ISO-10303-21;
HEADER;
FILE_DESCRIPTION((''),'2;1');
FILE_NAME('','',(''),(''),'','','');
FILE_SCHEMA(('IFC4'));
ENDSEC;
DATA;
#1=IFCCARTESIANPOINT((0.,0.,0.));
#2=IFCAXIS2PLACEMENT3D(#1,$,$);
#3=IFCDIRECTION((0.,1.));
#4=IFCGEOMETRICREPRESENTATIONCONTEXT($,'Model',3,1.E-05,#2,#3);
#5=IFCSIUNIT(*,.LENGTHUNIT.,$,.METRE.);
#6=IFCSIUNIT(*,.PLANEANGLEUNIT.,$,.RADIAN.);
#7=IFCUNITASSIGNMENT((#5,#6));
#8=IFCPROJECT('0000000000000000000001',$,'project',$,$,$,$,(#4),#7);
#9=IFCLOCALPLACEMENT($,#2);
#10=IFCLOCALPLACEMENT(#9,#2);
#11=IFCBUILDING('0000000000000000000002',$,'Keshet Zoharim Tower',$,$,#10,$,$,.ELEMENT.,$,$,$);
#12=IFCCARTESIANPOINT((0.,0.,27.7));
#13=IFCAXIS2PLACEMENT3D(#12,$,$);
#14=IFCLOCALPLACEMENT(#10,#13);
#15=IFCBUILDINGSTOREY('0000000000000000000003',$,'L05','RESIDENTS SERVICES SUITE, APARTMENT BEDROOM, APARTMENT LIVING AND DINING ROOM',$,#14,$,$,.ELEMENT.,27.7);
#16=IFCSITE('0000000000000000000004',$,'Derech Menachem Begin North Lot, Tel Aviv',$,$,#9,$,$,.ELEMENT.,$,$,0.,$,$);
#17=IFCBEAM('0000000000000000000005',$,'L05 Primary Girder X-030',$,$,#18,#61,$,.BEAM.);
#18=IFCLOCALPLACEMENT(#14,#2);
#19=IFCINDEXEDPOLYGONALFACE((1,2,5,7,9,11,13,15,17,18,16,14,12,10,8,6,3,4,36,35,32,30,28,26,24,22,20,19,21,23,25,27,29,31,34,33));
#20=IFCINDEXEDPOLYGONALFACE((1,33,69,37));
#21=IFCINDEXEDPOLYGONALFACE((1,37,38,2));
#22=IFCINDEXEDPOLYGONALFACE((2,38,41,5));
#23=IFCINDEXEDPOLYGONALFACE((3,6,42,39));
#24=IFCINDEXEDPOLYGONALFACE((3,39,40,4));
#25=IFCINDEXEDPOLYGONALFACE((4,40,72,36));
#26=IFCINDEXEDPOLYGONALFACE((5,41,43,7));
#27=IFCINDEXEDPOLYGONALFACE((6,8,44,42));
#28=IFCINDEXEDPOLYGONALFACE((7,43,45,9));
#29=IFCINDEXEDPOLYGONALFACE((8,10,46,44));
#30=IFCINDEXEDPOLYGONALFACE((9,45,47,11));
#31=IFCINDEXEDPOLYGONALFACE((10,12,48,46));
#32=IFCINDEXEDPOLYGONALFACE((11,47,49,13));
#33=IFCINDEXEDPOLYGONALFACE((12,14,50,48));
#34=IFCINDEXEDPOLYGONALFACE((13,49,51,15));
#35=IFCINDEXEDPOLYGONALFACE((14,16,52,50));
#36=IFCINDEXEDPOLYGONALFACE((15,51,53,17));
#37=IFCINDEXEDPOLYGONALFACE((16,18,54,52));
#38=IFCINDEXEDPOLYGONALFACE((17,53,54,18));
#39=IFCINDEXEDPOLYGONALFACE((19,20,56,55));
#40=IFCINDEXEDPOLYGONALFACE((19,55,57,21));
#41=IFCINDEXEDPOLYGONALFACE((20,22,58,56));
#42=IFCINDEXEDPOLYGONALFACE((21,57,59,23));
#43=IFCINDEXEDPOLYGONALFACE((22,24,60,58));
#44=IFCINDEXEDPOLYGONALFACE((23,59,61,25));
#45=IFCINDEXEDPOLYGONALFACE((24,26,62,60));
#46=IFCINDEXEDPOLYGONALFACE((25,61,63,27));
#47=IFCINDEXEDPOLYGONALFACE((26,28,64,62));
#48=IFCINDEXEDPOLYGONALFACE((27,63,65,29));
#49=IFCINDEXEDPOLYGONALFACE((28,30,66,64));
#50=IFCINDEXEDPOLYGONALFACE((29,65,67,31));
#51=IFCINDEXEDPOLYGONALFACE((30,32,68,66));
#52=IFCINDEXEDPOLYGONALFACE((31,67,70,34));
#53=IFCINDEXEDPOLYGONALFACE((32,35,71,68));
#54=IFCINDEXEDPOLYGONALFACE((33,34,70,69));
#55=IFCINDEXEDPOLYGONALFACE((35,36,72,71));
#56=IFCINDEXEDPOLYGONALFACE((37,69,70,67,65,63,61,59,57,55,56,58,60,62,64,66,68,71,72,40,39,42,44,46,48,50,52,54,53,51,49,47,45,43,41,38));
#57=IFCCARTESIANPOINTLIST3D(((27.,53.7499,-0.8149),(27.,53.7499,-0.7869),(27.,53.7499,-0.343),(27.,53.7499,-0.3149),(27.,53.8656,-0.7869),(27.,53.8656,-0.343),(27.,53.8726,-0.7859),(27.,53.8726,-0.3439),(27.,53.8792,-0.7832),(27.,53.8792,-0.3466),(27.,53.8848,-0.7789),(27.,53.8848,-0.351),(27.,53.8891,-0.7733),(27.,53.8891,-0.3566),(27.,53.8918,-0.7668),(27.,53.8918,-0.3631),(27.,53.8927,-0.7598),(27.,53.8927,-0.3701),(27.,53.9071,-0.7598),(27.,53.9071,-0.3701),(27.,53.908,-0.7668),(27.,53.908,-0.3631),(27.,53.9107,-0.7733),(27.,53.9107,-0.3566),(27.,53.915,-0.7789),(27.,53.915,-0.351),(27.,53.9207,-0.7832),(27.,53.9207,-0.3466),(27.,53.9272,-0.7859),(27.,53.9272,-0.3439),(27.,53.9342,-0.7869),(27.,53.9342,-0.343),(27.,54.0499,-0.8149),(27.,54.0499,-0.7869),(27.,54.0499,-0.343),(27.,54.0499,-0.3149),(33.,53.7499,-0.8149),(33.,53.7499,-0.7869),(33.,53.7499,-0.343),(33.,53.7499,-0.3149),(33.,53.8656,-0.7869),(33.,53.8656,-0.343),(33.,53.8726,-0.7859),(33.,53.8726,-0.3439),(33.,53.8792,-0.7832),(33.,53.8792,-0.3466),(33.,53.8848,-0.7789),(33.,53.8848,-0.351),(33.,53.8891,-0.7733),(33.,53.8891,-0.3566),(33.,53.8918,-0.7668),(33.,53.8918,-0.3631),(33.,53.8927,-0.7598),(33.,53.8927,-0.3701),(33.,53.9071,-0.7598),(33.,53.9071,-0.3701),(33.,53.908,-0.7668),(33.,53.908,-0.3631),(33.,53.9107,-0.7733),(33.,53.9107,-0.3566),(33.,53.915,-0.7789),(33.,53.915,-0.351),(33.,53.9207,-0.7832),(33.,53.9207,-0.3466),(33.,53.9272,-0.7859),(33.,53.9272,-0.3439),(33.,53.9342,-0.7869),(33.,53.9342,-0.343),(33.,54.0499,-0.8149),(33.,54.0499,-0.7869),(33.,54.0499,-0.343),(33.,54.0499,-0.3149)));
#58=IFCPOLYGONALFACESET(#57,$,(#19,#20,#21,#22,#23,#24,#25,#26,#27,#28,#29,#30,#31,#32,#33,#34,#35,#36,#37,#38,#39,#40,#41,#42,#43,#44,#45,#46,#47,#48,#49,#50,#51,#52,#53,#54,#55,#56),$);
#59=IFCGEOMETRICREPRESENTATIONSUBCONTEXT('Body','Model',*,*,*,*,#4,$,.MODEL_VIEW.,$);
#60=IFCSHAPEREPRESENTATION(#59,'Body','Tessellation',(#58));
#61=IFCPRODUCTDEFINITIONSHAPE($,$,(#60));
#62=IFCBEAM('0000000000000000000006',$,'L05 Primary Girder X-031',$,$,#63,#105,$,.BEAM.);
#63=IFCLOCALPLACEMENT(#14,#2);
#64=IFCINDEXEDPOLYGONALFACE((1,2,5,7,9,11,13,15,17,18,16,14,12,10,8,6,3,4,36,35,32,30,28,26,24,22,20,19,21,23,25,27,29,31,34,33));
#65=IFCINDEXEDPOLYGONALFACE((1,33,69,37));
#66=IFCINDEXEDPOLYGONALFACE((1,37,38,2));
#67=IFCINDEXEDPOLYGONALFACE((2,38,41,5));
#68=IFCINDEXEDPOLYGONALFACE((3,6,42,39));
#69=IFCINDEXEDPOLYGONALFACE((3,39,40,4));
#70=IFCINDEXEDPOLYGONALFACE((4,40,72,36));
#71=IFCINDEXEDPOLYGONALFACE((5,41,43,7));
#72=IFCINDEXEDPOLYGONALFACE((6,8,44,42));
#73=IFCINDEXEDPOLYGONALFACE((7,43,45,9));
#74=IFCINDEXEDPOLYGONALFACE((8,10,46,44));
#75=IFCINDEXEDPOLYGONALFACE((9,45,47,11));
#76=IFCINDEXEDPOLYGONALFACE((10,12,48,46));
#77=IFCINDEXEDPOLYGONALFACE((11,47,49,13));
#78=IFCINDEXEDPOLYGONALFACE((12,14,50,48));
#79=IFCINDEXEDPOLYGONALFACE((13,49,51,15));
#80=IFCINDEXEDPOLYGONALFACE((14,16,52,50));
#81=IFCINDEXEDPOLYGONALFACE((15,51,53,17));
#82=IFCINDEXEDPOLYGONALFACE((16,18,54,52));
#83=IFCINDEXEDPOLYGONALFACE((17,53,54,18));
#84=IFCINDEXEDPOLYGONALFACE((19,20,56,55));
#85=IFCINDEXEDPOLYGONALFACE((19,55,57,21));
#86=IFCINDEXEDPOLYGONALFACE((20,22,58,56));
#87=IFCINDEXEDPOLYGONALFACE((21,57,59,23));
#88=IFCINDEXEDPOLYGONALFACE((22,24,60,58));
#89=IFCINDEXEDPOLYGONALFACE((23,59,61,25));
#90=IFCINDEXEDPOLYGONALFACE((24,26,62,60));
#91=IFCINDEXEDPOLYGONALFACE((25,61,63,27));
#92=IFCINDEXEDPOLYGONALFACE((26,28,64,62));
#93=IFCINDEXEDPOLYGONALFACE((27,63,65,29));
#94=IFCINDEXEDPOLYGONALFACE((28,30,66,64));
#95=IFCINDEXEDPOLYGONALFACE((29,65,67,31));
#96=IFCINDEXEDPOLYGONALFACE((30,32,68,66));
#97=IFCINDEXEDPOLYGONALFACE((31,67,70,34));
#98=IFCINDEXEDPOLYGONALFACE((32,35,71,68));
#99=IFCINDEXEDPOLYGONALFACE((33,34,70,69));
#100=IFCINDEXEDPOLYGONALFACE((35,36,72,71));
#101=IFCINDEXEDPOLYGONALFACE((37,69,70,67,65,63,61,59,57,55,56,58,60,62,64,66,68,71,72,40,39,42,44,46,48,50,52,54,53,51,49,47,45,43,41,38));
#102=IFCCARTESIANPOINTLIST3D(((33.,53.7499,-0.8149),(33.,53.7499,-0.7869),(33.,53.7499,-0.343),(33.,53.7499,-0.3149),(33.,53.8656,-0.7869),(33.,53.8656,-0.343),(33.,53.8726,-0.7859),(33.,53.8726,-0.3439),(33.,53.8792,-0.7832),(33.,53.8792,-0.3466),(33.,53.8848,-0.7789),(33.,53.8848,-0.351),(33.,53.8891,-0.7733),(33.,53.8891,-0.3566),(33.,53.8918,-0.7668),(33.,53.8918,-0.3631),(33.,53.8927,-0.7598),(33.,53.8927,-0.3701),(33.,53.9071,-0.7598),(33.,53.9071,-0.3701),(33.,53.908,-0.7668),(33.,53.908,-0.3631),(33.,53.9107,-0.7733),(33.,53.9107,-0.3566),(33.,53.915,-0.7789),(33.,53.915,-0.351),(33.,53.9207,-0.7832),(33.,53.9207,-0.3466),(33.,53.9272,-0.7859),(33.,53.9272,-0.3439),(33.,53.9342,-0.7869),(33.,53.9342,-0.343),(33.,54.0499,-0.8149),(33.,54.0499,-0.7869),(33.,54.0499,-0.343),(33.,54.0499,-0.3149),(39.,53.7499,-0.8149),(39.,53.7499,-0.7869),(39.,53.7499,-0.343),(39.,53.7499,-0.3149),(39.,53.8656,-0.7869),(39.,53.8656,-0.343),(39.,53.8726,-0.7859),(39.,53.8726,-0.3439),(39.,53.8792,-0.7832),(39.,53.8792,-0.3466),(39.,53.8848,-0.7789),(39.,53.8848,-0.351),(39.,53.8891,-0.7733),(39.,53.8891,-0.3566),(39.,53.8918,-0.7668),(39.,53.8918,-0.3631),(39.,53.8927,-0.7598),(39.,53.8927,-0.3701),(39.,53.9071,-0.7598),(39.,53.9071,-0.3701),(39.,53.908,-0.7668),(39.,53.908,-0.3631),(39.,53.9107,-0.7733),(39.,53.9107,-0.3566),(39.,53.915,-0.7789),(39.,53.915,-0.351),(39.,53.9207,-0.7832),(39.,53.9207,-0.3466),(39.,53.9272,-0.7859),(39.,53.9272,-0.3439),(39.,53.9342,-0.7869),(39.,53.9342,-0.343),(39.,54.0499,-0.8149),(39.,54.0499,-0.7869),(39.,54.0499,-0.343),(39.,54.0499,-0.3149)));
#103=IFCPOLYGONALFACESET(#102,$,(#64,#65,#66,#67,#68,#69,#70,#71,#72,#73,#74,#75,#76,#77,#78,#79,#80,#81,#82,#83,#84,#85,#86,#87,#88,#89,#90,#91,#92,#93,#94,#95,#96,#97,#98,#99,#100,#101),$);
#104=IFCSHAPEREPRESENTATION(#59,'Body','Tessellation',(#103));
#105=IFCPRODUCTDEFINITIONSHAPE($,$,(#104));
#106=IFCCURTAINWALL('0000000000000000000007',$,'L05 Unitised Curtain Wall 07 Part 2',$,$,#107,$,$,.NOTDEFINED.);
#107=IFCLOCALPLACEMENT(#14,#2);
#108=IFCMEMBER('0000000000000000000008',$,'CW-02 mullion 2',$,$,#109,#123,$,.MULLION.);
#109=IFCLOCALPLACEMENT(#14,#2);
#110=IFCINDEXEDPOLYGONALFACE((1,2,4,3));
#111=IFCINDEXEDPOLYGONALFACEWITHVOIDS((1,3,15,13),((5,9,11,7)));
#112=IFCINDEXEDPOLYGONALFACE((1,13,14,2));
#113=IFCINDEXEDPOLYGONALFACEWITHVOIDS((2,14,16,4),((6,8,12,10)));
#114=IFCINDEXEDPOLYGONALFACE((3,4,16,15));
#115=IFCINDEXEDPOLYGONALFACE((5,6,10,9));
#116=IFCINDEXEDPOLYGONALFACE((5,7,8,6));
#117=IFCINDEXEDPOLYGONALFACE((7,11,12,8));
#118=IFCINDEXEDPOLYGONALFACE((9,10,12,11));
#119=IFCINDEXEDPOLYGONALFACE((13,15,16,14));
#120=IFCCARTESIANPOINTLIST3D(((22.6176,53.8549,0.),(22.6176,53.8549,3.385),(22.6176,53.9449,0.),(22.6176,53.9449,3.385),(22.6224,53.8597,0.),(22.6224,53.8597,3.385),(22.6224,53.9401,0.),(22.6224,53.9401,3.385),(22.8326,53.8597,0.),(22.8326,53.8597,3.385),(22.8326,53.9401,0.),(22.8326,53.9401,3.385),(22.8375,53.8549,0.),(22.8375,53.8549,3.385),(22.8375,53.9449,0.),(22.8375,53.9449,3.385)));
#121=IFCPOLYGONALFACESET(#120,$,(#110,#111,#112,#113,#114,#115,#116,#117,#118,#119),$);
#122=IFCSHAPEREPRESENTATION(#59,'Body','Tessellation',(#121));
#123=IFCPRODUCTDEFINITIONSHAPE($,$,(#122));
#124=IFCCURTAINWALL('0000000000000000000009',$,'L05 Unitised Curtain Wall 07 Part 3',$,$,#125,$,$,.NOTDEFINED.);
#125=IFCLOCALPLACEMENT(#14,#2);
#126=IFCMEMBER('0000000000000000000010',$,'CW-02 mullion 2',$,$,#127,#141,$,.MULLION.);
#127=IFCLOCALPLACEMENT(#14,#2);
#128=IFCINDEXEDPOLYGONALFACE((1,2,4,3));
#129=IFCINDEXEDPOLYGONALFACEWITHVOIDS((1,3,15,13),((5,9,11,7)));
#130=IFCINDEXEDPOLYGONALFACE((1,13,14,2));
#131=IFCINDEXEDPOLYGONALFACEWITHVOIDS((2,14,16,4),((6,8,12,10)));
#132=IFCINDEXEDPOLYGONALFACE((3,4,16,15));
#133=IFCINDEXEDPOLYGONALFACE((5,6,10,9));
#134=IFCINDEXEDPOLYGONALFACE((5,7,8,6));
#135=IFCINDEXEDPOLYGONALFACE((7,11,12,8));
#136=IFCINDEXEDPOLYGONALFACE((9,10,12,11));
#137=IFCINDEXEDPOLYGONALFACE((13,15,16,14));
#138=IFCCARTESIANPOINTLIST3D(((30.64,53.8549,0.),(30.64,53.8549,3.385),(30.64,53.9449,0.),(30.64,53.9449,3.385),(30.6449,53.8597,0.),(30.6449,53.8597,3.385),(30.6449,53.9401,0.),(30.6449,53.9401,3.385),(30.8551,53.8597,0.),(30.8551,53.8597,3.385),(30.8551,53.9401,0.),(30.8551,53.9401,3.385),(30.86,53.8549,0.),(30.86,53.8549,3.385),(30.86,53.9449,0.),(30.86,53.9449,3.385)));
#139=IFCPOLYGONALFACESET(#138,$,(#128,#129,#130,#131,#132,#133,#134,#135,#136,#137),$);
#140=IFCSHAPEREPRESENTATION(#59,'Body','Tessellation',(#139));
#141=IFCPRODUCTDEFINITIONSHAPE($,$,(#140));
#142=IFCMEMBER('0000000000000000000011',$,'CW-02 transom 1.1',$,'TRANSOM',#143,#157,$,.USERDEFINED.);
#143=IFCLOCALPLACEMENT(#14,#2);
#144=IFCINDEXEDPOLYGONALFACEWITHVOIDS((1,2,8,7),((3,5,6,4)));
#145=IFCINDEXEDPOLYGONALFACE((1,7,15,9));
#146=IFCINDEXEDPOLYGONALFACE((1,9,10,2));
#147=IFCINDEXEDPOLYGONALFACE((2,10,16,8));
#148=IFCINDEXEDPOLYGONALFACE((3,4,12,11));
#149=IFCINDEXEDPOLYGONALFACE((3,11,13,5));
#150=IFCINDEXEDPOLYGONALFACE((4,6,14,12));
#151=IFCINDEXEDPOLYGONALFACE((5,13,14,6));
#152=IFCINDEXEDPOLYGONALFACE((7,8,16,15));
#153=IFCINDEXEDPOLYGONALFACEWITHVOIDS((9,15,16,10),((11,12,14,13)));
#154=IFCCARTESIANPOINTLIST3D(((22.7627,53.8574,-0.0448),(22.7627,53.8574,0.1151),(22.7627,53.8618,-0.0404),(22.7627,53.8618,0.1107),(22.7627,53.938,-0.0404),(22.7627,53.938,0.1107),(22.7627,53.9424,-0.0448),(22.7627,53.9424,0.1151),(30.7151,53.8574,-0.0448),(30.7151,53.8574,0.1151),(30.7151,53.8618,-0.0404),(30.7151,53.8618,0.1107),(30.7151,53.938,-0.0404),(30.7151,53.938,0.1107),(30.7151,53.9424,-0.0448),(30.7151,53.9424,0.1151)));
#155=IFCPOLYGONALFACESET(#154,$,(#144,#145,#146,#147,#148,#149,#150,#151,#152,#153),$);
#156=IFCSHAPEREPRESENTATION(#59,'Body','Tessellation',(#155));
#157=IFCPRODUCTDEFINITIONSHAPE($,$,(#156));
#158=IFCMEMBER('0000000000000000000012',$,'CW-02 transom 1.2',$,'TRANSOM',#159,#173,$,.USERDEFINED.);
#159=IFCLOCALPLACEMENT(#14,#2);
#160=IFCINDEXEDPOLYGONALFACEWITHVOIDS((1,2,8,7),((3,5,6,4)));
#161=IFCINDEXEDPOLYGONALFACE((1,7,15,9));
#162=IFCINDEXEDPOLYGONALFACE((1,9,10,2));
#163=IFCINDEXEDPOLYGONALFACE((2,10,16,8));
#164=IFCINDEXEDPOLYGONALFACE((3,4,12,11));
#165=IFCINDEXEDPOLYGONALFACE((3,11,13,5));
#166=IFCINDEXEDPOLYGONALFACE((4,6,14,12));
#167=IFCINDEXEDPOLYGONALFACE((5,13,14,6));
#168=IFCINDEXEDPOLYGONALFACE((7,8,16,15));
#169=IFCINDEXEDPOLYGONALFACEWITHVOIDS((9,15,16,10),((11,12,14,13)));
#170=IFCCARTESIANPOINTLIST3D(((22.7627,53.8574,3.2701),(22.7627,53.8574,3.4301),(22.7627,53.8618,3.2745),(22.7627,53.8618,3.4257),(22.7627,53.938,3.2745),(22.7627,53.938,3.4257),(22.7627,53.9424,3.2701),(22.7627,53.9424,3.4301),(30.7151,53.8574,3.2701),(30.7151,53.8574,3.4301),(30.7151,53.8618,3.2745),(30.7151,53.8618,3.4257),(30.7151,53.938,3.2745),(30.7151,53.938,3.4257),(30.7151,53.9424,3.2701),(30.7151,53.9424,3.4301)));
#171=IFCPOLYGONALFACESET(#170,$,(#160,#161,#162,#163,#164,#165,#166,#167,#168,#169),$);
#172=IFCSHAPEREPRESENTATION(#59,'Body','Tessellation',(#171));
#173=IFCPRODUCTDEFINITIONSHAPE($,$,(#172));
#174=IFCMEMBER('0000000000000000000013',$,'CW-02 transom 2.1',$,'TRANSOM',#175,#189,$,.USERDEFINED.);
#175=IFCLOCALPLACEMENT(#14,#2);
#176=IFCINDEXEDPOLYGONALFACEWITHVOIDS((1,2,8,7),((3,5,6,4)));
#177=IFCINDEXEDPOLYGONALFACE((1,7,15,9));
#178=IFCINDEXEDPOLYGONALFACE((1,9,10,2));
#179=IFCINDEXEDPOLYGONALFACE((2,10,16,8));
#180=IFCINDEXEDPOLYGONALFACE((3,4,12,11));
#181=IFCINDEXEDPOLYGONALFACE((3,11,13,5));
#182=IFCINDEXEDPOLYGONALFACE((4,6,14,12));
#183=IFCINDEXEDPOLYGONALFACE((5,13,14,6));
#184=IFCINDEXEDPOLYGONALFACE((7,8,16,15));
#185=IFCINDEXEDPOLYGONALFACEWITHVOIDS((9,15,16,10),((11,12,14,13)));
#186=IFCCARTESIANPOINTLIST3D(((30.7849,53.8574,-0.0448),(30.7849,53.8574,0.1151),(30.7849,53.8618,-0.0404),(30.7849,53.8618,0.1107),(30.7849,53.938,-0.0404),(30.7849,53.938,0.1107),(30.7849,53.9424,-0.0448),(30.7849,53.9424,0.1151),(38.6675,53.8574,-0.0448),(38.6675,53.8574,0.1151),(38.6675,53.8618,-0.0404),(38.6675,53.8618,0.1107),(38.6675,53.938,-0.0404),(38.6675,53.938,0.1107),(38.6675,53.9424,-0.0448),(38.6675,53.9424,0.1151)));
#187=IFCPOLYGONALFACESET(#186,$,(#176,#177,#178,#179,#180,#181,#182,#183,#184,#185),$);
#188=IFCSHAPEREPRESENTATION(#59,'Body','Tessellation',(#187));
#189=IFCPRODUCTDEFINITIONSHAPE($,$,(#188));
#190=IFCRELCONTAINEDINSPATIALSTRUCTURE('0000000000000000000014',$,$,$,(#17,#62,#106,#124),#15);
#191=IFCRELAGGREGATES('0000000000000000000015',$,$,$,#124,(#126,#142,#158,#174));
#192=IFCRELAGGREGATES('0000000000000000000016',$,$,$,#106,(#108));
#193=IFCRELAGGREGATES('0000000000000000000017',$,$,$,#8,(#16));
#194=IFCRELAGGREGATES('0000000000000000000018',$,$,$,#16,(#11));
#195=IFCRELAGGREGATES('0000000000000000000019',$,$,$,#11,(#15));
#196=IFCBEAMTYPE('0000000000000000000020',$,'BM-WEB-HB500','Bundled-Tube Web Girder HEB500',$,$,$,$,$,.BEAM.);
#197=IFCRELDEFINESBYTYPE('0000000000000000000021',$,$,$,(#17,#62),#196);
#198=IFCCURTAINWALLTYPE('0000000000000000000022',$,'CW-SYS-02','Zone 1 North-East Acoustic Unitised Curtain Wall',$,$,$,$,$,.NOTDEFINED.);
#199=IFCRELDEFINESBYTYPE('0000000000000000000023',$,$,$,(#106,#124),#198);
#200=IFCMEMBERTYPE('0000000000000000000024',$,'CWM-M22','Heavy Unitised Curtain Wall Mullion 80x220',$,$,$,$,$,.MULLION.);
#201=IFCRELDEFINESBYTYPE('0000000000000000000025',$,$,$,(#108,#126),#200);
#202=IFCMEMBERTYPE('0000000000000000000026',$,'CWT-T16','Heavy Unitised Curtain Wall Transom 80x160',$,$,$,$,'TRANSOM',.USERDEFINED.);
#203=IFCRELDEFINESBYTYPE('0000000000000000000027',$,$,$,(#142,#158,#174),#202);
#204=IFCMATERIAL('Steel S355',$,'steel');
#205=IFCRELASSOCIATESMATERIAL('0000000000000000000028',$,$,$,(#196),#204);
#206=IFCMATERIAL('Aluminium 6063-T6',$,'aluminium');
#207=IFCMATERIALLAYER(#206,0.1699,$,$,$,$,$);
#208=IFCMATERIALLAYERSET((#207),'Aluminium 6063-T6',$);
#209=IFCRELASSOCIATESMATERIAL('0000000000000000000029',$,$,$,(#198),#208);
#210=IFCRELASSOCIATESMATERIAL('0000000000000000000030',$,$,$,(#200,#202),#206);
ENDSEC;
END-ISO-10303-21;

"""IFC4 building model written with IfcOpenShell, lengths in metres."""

from ifc_helpers import new_model, si_unit, direction, frame, origin, origin_2d, place, context, subcontext, project, spatial, hollow_rectangle, i_section, extrude, material, layer, layer_set, material_profile, profile_set, type_object, element, aggregate, save


model = new_model("IFC4")

# Units and contexts
model_context = context("Model", 3, precision=1e-05, world=origin(), true_north=direction((0.0, 1.0)))
body_context = subcontext(model_context, "Body", "Model", "MODEL_VIEW")
ifc_project = project(units=[si_unit("LENGTHUNIT", "METRE"), si_unit("PLANEANGLEUNIT", "RADIAN")], contexts=[model_context])

# Site, building, storey
site_placement = place(None, origin())
site = spatial("IfcSite", under=ifc_project, at=site_placement, Name="Derech Menachem Begin North Lot, Tel Aviv", CompositionType="ELEMENT", RefElevation=0.0)
building_placement = place(site_placement, origin())
building = spatial("IfcBuilding", under=site, at=building_placement, Name="Keshet Zoharim Tower", CompositionType="ELEMENT")
storey_placement = place(building_placement, frame((0.0, 0.0, 27.7)))
storey = spatial("IfcBuildingStorey", under=building, at=storey_placement, Name="L05", Description="RESIDENTS SERVICES SUITE, APARTMENT BEDROOM, APARTMENT LIVING AND DINING ROOM", CompositionType="ELEMENT", Elevation=27.7)

# Shared definitions
ifc_material_1 = material(Name="Steel S355", Category="steel")

# Beams
ifc_material_profile_1 = material_profile(ifc_material_1, i_section(OverallWidth=0.3, OverallDepth=0.5, WebThickness=0.0144, FlangeThickness=0.0281, FilletRadius=0.0271, at=origin_2d()), Name="HEB500")
ifc_profile_set_1 = profile_set([ifc_material_profile_1], Name="Steel S355")
beam_type = type_object("IfcBeamType", Name="BM-WEB-HB500", Description="Bundled-Tube Web Girder HEB500", PredefinedType="BEAM", material=ifc_profile_set_1)
for number, where, z_axis, x_axis, name in (
    (1, (27.0, 53.8999, -0.5649), (1.0, 0.0, 0.0), (0.0, 1.0, 0.0), "L05 Primary Girder X-030"),
    (2, (33.0, 53.8999, -0.5649), (1.0, 0.0, 0.0), (0.0, 1.0, 0.0), "L05 Primary Girder X-031"),
):
    element("IfcBeam", number, at=place(storey_placement, frame(where, z_axis=z_axis, x_axis=x_axis)), inside=storey, type_object=beam_type, Name=name, PredefinedType="BEAM", context=body_context, shape_type="SweptSolid", body=[
        extrude(i_section(OverallWidth=0.3, OverallDepth=0.5, WebThickness=0.0144, FlangeThickness=0.0281, FilletRadius=0.0271, at=origin_2d()), origin(), (0.0, 0.0, 1.0), 6.0),
    ])

# Curtain wall, member
ifc_material_2 = material(Name="Aluminium 6063-T6", Category="aluminium")
ifc_layer_1 = layer(ifc_material_2, 0.1699)
ifc_layer_set_1 = layer_set([ifc_layer_1], Name="Aluminium 6063-T6")
curtain_wall_type = type_object("IfcCurtainWallType", Name="CW-SYS-02", Description="Zone 1 North-East Acoustic Unitised Curtain Wall", PredefinedType="NOTDEFINED", material=ifc_layer_set_1)
curtain_wall_1_placement = place(storey_placement, origin())
curtain_wall_1 = element("IfcCurtainWall", 3, at=curtain_wall_1_placement, inside=storey, type_object=curtain_wall_type, Name="L05 Unitised Curtain Wall 07 Part 2", PredefinedType="NOTDEFINED")
ifc_material_profile_2 = material_profile(ifc_material_2, hollow_rectangle(XDim=0.0901, YDim=0.22, WallThickness=0.0049, at=origin_2d()), Name="MUL-90x220")
ifc_profile_set_2 = profile_set([ifc_material_profile_2], Name="Aluminium 6063-T6")
member_type_1 = type_object("IfcMemberType", Name="CWM-M22", Description="Heavy Unitised Curtain Wall Mullion 80x220", PredefinedType="MULLION", material=ifc_profile_set_2)
member_1_placement = place(storey_placement, frame((22.7275, 53.8999, 0.0), z_axis=(0.0, 0.0, 1.0), x_axis=(0.0, 1.0, 0.0)))
member_1 = element("IfcMember", 4, at=member_1_placement, type_object=member_type_1, Name="CW-02 mullion 2", PredefinedType="MULLION", context=body_context, shape_type="SweptSolid", body=[
    extrude(hollow_rectangle(XDim=0.0901, YDim=0.22, WallThickness=0.0049, at=origin_2d()), origin(), (0.0, 0.0, 1.0), 3.385),
])

# Curtain wall, members
curtain_wall_2_placement = place(storey_placement, origin())
curtain_wall_2 = element("IfcCurtainWall", 5, at=curtain_wall_2_placement, inside=storey, type_object=curtain_wall_type, Name="L05 Unitised Curtain Wall 07 Part 3", PredefinedType="NOTDEFINED")
member_2_placement = place(storey_placement, frame((30.75, 53.8999, 0.0), z_axis=(0.0, 0.0, 1.0), x_axis=(0.0, 1.0, 0.0)))
member_2 = element("IfcMember", 6, at=member_2_placement, type_object=member_type_1, Name="CW-02 mullion 2", PredefinedType="MULLION", context=body_context, shape_type="SweptSolid", body=[
    extrude(hollow_rectangle(XDim=0.0901, YDim=0.22, WallThickness=0.0049, at=origin_2d()), origin(), (0.0, 0.0, 1.0), 3.385),
])
ifc_material_profile_3 = material_profile(ifc_material_2, hollow_rectangle(XDim=0.085, YDim=0.1599, WallThickness=0.0044, at=origin_2d()), Name="TRN-85x160")
ifc_profile_set_3 = profile_set([ifc_material_profile_3], Name="Aluminium 6063-T6")
member_type_2 = type_object("IfcMemberType", Name="CWT-T16", Description="Heavy Unitised Curtain Wall Transom 80x160", ElementType="TRANSOM", PredefinedType="USERDEFINED", material=ifc_profile_set_3)
member_3_placement = place(storey_placement, frame((22.7627, 53.8999, 0.0352), z_axis=(1.0, 0.0, 0.0), x_axis=(0.0, 1.0, 0.0)))
member_3 = element("IfcMember", 7, at=member_3_placement, type_object=member_type_2, Name="CW-02 transom 1.1", ObjectType="TRANSOM", PredefinedType="USERDEFINED", context=body_context, shape_type="SweptSolid", body=[
    extrude(hollow_rectangle(XDim=0.085, YDim=0.1599, WallThickness=0.0044, at=origin_2d()), origin(), (0.0, 0.0, 1.0), 7.9524),
])
member_4_placement = place(storey_placement, frame((22.7627, 53.8999, 3.3501), z_axis=(1.0, 0.0, 0.0), x_axis=(0.0, 1.0, 0.0)))
member_4 = element("IfcMember", 8, at=member_4_placement, type_object=member_type_2, Name="CW-02 transom 1.2", ObjectType="TRANSOM", PredefinedType="USERDEFINED", context=body_context, shape_type="SweptSolid", body=[
    extrude(hollow_rectangle(XDim=0.085, YDim=0.1599, WallThickness=0.0044, at=origin_2d()), origin(), (0.0, 0.0, 1.0), 7.9524),
])
member_5_placement = place(storey_placement, frame((30.7849, 53.8999, 0.0352), z_axis=(1.0, 0.0, 0.0), x_axis=(0.0, 1.0, 0.0)))
member_5 = element("IfcMember", 9, at=member_5_placement, type_object=member_type_2, Name="CW-02 transom 2.1", ObjectType="TRANSOM", PredefinedType="USERDEFINED", context=body_context, shape_type="SweptSolid", body=[
    extrude(hollow_rectangle(XDim=0.085, YDim=0.1599, WallThickness=0.0044, at=origin_2d()), origin(), (0.0, 0.0, 1.0), 7.8826),
])
aggregate(curtain_wall_2, [member_2, member_3, member_4, member_5])

aggregate(curtain_wall_1, [member_1])

save(model, "model.ifc")
